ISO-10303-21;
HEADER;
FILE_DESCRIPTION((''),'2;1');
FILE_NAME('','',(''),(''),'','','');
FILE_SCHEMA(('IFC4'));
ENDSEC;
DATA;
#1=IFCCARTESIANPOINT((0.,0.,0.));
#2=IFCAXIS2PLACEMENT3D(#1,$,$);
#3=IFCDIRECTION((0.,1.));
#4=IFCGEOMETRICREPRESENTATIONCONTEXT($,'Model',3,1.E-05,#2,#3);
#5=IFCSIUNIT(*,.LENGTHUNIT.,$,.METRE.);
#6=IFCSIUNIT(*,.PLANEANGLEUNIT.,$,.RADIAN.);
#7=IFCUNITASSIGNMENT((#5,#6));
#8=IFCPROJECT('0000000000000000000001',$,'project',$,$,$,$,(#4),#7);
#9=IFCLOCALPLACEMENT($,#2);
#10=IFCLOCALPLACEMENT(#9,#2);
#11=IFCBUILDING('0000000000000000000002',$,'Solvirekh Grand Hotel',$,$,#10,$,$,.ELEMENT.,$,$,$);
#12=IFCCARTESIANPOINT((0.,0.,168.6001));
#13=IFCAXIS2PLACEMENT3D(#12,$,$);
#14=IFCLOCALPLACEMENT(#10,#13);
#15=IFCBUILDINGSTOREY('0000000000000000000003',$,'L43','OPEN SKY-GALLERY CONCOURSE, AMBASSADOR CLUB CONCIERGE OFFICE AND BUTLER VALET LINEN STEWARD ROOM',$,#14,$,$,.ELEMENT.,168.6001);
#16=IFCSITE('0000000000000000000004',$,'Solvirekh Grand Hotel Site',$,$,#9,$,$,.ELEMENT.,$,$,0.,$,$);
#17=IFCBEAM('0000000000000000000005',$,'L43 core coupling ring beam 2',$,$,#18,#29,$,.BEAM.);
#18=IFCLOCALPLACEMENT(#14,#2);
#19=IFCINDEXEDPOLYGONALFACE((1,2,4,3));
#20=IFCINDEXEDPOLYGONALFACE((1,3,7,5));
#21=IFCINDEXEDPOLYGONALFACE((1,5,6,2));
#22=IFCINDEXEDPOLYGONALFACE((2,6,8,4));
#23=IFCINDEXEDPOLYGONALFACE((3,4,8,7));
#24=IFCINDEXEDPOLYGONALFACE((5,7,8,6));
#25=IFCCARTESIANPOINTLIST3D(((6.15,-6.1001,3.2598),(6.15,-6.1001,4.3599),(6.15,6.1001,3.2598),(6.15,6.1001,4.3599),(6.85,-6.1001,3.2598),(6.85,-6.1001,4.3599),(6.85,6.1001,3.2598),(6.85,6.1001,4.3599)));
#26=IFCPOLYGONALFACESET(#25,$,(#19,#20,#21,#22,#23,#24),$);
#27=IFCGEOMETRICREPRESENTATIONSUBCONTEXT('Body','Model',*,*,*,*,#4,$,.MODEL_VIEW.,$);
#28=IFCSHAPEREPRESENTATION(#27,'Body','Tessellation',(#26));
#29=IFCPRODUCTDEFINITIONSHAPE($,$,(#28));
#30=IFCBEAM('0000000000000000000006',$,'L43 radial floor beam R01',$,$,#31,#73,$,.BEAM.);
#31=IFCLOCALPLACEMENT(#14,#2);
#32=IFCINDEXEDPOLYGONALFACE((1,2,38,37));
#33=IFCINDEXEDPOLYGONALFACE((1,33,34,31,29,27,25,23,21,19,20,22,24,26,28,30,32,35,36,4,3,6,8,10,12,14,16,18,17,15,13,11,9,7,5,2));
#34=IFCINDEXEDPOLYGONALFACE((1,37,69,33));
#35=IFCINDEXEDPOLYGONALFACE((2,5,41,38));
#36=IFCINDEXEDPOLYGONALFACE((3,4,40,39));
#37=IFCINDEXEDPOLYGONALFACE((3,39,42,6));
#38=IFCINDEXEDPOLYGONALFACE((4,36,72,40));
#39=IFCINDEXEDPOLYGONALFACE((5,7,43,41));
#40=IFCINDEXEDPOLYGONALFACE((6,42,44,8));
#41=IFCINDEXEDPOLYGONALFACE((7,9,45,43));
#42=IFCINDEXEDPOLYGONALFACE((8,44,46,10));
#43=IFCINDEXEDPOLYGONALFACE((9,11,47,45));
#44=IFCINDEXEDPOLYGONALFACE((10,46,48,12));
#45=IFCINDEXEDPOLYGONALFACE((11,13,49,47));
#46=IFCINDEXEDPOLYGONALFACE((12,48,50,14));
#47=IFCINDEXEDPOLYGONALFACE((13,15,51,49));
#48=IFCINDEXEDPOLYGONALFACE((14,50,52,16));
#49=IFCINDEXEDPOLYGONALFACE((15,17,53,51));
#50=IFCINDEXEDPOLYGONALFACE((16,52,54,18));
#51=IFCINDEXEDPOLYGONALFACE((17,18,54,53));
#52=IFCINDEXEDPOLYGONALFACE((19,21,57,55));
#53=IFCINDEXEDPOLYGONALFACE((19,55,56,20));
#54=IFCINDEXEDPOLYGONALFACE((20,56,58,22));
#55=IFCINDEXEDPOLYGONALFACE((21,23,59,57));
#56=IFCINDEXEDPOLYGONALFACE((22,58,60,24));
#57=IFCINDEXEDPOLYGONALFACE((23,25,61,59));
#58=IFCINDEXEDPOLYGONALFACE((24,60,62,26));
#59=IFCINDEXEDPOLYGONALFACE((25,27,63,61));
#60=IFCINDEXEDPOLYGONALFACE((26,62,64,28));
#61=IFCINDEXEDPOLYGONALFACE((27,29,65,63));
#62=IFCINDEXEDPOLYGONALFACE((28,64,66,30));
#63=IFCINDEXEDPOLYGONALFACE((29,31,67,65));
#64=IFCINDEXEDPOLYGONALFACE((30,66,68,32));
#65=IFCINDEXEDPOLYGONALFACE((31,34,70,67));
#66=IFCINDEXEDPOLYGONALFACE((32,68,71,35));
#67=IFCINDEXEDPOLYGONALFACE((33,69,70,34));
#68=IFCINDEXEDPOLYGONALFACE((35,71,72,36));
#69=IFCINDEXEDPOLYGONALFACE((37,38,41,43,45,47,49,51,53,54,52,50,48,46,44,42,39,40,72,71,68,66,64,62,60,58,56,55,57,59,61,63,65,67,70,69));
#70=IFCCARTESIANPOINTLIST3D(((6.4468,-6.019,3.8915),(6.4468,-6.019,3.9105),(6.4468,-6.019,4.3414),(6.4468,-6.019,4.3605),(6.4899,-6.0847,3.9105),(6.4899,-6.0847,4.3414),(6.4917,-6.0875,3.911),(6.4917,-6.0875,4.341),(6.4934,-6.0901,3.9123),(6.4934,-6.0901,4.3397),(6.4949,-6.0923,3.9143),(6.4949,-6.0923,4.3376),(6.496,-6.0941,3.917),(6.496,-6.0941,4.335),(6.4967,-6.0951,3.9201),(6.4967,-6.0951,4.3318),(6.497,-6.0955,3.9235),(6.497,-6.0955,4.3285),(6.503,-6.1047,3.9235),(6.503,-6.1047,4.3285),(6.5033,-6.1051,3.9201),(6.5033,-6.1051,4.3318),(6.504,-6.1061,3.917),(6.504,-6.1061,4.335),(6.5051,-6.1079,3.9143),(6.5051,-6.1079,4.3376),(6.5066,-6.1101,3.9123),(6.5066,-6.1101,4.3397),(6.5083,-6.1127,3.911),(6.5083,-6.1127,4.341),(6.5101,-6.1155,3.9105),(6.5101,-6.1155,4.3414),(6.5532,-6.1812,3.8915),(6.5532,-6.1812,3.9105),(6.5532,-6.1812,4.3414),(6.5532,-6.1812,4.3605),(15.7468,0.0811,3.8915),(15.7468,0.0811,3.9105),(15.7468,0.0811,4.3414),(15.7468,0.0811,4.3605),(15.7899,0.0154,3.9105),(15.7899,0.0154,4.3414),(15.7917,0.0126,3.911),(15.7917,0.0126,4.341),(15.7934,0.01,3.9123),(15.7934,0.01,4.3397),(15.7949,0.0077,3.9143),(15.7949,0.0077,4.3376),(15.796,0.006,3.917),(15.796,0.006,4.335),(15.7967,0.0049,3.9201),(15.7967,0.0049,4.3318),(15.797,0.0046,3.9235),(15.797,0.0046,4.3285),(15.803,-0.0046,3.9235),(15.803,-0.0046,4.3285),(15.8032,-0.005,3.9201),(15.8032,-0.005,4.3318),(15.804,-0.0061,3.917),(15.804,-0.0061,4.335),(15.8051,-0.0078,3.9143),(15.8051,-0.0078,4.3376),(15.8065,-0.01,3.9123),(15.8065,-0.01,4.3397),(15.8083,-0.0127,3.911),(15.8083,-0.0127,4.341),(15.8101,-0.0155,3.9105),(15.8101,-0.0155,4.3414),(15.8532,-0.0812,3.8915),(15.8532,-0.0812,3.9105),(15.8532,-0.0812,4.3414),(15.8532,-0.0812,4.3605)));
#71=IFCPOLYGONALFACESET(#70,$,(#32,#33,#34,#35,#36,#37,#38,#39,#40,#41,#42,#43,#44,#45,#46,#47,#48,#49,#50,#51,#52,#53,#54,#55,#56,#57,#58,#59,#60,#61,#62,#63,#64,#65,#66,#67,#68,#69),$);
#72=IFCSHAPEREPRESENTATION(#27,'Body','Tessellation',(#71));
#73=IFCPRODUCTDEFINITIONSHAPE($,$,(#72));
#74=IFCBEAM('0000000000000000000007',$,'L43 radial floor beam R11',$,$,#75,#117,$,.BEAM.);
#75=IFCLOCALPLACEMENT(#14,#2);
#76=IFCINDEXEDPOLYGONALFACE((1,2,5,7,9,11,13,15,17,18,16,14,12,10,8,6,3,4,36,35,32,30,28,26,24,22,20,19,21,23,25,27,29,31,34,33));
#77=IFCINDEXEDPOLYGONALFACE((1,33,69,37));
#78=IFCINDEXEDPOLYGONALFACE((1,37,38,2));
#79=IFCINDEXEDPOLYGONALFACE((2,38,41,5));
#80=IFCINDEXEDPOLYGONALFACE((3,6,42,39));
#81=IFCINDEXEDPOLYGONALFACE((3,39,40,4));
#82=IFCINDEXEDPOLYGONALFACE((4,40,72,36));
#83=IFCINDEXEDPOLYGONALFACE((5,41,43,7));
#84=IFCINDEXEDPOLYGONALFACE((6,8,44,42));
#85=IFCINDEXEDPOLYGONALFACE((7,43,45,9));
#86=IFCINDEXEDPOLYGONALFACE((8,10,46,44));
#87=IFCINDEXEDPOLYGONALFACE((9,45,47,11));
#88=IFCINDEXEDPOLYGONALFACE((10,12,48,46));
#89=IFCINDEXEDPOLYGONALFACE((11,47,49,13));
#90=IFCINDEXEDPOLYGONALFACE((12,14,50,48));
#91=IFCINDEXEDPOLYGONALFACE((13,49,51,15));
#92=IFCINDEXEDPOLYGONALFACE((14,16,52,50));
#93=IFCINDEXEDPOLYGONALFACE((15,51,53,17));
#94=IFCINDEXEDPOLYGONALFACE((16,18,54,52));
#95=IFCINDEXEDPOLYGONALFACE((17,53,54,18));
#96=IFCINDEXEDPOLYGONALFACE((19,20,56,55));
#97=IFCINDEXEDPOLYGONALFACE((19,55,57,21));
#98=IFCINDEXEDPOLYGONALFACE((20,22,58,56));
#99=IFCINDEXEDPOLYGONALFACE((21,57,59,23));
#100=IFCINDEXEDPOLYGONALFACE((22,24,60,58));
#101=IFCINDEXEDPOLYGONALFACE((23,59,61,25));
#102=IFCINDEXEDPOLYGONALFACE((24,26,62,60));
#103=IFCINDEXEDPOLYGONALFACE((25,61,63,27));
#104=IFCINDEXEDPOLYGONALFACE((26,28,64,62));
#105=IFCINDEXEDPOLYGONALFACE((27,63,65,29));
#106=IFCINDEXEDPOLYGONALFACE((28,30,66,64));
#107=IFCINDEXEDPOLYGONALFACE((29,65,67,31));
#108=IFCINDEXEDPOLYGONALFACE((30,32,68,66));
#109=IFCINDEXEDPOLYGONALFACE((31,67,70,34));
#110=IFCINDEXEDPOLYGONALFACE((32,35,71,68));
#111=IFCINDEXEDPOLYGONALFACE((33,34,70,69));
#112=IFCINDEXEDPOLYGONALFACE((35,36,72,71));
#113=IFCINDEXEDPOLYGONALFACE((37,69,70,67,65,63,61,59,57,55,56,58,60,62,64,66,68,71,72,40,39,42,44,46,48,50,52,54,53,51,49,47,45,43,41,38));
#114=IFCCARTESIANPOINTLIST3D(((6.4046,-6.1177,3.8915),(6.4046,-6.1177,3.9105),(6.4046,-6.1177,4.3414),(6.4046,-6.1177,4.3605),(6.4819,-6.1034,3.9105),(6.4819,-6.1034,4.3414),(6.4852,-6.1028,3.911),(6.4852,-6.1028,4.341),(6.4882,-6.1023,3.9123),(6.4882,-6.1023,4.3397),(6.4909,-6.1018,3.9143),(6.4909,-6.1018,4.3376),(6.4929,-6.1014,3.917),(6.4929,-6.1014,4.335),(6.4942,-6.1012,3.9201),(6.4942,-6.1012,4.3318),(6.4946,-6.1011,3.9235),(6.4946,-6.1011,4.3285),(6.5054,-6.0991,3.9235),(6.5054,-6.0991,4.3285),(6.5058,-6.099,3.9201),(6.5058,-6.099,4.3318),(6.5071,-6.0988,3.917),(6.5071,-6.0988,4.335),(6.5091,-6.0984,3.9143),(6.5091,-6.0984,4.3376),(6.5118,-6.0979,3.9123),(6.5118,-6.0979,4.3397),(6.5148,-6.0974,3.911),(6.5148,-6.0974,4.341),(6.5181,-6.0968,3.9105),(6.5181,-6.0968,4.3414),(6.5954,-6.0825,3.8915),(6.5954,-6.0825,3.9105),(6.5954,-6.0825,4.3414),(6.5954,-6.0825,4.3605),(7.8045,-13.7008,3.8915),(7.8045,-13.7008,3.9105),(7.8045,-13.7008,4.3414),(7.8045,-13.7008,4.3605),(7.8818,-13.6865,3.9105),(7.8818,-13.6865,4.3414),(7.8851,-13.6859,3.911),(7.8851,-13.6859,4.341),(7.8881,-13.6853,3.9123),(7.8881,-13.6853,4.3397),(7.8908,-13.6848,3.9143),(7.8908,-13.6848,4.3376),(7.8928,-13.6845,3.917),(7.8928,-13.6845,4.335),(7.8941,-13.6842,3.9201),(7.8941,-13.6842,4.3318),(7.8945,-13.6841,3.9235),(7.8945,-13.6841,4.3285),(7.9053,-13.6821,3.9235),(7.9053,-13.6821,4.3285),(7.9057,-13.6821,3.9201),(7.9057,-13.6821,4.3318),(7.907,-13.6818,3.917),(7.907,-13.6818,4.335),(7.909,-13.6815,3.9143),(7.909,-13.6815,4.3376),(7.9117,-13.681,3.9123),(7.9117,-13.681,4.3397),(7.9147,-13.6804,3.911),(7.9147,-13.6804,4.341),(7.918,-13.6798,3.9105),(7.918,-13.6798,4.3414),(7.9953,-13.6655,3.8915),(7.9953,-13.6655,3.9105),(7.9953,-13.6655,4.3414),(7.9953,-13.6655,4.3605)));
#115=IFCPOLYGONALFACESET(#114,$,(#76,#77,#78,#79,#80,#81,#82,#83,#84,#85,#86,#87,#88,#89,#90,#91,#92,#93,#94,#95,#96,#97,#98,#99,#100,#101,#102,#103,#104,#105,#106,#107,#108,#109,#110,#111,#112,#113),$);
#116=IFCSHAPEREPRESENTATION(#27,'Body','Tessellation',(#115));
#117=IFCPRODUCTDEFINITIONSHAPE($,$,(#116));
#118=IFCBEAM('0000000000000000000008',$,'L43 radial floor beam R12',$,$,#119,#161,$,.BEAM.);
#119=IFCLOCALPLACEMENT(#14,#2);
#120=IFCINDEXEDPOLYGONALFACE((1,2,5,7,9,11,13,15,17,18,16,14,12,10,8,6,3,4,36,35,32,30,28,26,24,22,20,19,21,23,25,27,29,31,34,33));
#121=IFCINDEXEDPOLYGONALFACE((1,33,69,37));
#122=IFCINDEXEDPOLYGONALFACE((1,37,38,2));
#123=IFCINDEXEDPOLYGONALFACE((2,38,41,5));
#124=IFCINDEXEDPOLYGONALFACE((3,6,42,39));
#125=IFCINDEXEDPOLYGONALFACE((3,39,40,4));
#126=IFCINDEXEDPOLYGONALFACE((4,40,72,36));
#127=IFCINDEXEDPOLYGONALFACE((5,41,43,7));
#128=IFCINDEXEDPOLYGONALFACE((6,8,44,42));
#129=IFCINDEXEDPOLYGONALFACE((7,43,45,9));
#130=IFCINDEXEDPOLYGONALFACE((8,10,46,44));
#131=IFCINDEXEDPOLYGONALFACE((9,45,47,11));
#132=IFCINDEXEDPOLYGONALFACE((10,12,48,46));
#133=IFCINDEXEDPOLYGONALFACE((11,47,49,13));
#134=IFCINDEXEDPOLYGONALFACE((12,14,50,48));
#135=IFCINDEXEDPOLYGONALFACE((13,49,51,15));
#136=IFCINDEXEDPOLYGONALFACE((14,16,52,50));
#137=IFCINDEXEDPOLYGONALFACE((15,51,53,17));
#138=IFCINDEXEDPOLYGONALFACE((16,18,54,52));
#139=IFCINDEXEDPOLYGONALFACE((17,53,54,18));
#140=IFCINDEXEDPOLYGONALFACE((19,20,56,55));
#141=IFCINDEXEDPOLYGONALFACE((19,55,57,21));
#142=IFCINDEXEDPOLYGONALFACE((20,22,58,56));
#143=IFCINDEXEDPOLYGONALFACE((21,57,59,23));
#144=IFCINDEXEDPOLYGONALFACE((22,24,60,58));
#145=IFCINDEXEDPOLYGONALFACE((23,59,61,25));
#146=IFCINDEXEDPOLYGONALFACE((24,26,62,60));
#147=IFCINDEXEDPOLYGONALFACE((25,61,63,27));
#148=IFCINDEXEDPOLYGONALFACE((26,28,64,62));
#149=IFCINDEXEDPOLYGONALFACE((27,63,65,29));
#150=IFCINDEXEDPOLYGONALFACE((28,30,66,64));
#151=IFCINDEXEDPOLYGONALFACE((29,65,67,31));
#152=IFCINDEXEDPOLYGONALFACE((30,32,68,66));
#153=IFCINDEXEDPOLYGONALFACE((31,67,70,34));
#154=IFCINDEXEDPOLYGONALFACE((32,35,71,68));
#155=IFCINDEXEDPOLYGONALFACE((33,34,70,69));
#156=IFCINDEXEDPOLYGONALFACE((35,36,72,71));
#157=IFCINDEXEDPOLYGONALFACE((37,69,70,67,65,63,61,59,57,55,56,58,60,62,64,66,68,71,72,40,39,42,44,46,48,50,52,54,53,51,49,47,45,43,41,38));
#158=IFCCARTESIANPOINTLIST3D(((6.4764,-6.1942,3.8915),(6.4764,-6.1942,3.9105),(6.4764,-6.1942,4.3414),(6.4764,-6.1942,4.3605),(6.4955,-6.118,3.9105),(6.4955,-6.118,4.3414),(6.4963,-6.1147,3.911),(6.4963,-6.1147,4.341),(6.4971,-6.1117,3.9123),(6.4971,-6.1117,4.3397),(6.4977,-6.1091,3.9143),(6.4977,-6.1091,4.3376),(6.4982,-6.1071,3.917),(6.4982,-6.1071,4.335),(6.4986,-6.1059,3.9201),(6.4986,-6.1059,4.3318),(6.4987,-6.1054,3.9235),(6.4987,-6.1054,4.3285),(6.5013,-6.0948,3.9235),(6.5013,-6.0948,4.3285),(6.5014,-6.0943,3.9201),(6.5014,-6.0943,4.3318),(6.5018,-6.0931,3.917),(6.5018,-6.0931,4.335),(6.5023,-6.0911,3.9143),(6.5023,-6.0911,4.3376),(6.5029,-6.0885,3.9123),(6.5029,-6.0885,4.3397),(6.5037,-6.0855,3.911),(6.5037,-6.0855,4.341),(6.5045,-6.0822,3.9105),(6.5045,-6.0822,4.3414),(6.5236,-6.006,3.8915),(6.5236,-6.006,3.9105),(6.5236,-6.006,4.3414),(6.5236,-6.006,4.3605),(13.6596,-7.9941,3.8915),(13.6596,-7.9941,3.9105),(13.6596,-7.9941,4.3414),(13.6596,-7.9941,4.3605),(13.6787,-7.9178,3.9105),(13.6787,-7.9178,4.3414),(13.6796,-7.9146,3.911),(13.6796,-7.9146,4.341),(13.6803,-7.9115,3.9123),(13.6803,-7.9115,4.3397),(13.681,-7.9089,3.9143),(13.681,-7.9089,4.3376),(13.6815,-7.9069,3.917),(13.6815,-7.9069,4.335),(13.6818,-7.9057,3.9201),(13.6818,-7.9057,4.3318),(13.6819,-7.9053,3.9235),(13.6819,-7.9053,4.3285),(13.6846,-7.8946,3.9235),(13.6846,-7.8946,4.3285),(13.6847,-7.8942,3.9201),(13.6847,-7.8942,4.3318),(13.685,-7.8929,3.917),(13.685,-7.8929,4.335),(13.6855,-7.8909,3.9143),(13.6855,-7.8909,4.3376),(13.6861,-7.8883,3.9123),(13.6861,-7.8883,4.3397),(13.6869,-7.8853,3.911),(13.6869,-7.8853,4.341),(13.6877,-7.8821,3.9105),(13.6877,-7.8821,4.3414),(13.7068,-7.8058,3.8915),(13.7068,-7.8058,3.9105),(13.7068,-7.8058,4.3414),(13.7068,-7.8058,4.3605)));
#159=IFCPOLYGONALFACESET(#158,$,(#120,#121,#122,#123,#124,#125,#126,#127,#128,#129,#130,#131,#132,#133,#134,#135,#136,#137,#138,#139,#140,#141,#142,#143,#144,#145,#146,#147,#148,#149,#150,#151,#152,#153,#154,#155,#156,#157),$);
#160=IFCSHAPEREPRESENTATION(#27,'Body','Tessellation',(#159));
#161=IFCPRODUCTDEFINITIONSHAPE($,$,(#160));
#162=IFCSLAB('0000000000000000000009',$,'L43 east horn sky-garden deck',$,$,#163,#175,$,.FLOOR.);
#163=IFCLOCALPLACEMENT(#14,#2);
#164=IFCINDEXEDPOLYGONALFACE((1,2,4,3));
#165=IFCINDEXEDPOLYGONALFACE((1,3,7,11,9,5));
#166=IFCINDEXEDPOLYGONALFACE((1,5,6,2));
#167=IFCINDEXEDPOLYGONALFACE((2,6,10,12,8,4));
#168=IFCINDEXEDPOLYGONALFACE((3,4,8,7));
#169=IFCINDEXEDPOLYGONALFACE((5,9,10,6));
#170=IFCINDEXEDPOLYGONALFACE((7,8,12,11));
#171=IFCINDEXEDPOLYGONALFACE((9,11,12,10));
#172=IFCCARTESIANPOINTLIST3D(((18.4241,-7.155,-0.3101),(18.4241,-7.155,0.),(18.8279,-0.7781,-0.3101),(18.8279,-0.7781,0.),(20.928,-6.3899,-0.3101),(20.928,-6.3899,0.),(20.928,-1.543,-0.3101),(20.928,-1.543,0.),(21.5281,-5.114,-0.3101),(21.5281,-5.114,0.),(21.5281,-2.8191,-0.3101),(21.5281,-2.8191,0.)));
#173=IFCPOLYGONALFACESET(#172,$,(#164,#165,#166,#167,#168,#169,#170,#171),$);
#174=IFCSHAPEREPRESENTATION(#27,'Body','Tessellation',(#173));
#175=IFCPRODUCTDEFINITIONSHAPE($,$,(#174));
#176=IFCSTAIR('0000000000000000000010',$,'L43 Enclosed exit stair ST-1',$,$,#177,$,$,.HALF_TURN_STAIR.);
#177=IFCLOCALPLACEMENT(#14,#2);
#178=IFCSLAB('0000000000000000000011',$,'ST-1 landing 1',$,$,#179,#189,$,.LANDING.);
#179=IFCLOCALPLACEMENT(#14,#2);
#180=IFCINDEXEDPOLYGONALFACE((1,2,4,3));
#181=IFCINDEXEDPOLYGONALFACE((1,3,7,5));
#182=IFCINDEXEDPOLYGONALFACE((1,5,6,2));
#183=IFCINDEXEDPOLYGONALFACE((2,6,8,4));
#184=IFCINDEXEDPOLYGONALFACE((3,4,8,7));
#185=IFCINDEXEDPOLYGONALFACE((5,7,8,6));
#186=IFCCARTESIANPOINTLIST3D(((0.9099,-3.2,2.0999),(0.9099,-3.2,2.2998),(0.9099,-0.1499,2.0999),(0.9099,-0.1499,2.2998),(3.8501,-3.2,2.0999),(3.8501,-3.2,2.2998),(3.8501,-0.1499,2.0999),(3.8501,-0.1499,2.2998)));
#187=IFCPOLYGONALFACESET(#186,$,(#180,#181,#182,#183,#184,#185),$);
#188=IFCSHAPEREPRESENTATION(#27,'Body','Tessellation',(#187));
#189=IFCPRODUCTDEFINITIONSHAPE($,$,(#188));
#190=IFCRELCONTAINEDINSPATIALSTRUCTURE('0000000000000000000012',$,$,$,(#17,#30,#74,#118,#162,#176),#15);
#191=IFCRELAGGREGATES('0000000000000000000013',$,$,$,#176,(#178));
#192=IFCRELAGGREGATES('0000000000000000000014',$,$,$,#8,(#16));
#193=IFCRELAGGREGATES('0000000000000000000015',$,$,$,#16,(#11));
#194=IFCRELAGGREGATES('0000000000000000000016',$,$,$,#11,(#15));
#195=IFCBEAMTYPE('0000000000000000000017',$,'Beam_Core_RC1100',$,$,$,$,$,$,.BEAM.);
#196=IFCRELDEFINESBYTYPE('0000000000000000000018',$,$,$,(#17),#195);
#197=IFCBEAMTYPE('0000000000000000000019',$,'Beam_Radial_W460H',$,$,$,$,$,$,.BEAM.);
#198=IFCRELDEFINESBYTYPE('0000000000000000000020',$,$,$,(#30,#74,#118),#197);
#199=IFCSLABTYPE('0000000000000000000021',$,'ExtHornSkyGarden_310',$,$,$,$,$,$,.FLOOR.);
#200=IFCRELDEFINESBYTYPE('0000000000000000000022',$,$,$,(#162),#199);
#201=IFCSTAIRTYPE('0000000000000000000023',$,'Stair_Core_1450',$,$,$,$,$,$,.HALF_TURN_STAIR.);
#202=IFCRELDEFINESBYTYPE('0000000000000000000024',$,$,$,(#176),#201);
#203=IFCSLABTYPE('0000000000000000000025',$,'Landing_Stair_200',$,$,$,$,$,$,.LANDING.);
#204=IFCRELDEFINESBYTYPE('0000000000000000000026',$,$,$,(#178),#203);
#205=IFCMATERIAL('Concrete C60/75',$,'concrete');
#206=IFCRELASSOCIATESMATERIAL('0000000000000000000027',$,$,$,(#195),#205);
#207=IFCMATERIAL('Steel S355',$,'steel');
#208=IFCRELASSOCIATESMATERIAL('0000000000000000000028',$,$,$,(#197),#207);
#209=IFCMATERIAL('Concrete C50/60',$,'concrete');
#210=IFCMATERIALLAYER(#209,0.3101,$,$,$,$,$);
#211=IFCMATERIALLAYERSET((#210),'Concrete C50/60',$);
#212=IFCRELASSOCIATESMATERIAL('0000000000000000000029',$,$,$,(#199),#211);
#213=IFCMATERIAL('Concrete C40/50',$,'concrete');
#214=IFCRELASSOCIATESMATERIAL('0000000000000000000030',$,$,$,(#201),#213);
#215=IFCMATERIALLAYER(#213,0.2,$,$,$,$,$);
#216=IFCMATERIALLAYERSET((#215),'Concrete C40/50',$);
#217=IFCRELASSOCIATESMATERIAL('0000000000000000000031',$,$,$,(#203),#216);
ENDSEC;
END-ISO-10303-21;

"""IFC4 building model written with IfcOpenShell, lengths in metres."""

from ifc_helpers import new_model, si_unit, direction, frame, origin, origin_2d, place, context, subcontext, project, spatial, polyline, rectangle, i_section, outline, extrude, material, layer, layer_set, material_profile, profile_set, type_object, element, aggregate, save


model = new_model("IFC4")

# Units and contexts
model_context = context("Model", 3, precision=1e-05, world=origin(), true_north=direction((0.0, 1.0)))
body_context = subcontext(model_context, "Body", "Model", "MODEL_VIEW")
ifc_project = project(units=[si_unit("LENGTHUNIT", "METRE"), si_unit("PLANEANGLEUNIT", "RADIAN")], contexts=[model_context])

# Site, building, storey
site_placement = place(None, origin())
site = spatial("IfcSite", under=ifc_project, at=site_placement, Name="Solvirekh Grand Hotel Site", CompositionType="ELEMENT", RefElevation=0.0)
building_placement = place(site_placement, origin())
building = spatial("IfcBuilding", under=site, at=building_placement, Name="Solvirekh Grand Hotel", CompositionType="ELEMENT")
storey_placement = place(building_placement, frame((0.0, 0.0, 168.6001)))
storey = spatial("IfcBuildingStorey", under=building, at=storey_placement, Name="L43", Description="OPEN SKY-GALLERY CONCOURSE, AMBASSADOR CLUB CONCIERGE OFFICE AND BUTLER VALET LINEN STEWARD ROOM", CompositionType="ELEMENT", Elevation=168.6001)

# Beams
ifc_material_1 = material(Name="Concrete C60/75", Category="concrete")
ifc_material_profile_1 = material_profile(ifc_material_1, rectangle(XDim=0.7, YDim=1.1001, at=origin_2d()), Name="RC BEAM 700X1100")
ifc_profile_set_1 = profile_set([ifc_material_profile_1], Name="Concrete C60/75")
beam_type_1 = type_object("IfcBeamType", Name="Beam_Core_RC1100", PredefinedType="BEAM", material=ifc_profile_set_1)
beam_1_placement = place(storey_placement, frame((6.5, -6.1001, 3.8098), z_axis=(0.0, 1.0, 0.0), x_axis=(-1.0, 0.0, 0.0)))
element("IfcBeam", 1, at=beam_1_placement, inside=storey, type_object=beam_type_1, Name="L43 core coupling ring beam 2", PredefinedType="BEAM", context=body_context, shape_type="SweptSolid", body=[
    extrude(rectangle(XDim=0.7, YDim=1.1001, at=origin_2d()), origin(), (0.0, 0.0, 1.0), 12.2002),
])
ifc_material_2 = material(Name="Steel S355", Category="steel")
ifc_material_profile_2 = material_profile(ifc_material_2, i_section(OverallWidth=0.1941, OverallDepth=0.469, WebThickness=0.011, FlangeThickness=0.019, FilletRadius=0.0129, at=origin_2d()), Name="W460X106")
ifc_profile_set_2 = profile_set([ifc_material_profile_2], Name="Steel S355")
beam_type_2 = type_object("IfcBeamType", Name="Beam_Radial_W460H", PredefinedType="BEAM", material=ifc_profile_set_2)
beam_2_placement = place(storey_placement, frame((6.5, -6.1001, 4.126), z_axis=(0.836174, 0.548464, 0.0), x_axis=(-0.548464, 0.836174, 0.0)))
element("IfcBeam", 2, at=beam_2_placement, inside=storey, type_object=beam_type_2, Name="L43 radial floor beam R01", PredefinedType="BEAM", context=body_context, shape_type="SweptSolid", body=[
    extrude(i_section(OverallWidth=0.1941, OverallDepth=0.469, WebThickness=0.011, FlangeThickness=0.019, FilletRadius=0.0129, at=origin_2d()), origin(), (0.0, 0.0, 1.0), 11.1221),
])
beam_3_placement = place(storey_placement, frame((6.5, -6.1001, 4.126), z_axis=(0.181543, -0.983383, 0.0), x_axis=(0.983383, 0.181543, 0.0)))
element("IfcBeam", 3, at=beam_3_placement, inside=storey, type_object=beam_type_2, Name="L43 radial floor beam R11", PredefinedType="BEAM", context=body_context, shape_type="SweptSolid", body=[
    extrude(i_section(OverallWidth=0.1941, OverallDepth=0.469, WebThickness=0.011, FlangeThickness=0.019, FilletRadius=0.0129, at=origin_2d()), origin(), (0.0, 0.0, 1.0), 7.7112),
])
beam_4_placement = place(storey_placement, frame((6.5, -6.1001, 4.126), z_axis=(0.970014, -0.243048, 0.0), x_axis=(0.243048, 0.970014, 0.0)))
element("IfcBeam", 4, at=beam_4_placement, inside=storey, type_object=beam_type_2, Name="L43 radial floor beam R12", PredefinedType="BEAM", context=body_context, shape_type="SweptSolid", body=[
    extrude(i_section(OverallWidth=0.1941, OverallDepth=0.469, WebThickness=0.011, FlangeThickness=0.019, FilletRadius=0.0129, at=origin_2d()), origin(), (0.0, 0.0, 1.0), 7.4053),
])

# Slab
ifc_material_3 = material(Name="Concrete C50/60", Category="concrete")
ifc_layer_1 = layer(ifc_material_3, 0.3101)
ifc_layer_set_1 = layer_set([ifc_layer_1], Name="Concrete C50/60")
slab_type_1 = type_object("IfcSlabType", Name="ExtHornSkyGarden_310", PredefinedType="FLOOR", material=ifc_layer_set_1)
slab_1_placement = place(storey_placement, frame((0.0, 0.0, -0.3101)))
element("IfcSlab", 5, at=slab_1_placement, inside=storey, type_object=slab_type_1, Name="L43 east horn sky-garden deck", PredefinedType="FLOOR", context=body_context, shape_type="SweptSolid", body=[
    extrude(outline(polyline([(18.8279, -0.7781), (18.4241, -7.155), (20.928, -6.3899), (21.5281, -5.114), (21.5281, -2.8191), (20.928, -1.543), (18.8279, -0.7781)])), origin(), (0.0, 0.0, 1.0), 0.3101),
])

# Stair, slab
ifc_material_4 = material(Name="Concrete C40/50", Category="concrete")
stair_type = type_object("IfcStairType", Name="Stair_Core_1450", PredefinedType="HALF_TURN_STAIR", material=ifc_material_4)
stair_1_placement = place(storey_placement, origin())
stair_1 = element("IfcStair", 6, at=stair_1_placement, inside=storey, type_object=stair_type, Name="L43 Enclosed exit stair ST-1", PredefinedType="HALF_TURN_STAIR")
ifc_layer_2 = layer(ifc_material_4, 0.2)
ifc_layer_set_2 = layer_set([ifc_layer_2], Name="Concrete C40/50")
slab_type_2 = type_object("IfcSlabType", Name="Landing_Stair_200", PredefinedType="LANDING", material=ifc_layer_set_2)
slab_2_placement = place(storey_placement, frame((0.0, 0.0, 2.0999)))
slab_2 = element("IfcSlab", 7, at=slab_2_placement, type_object=slab_type_2, Name="ST-1 landing 1", PredefinedType="LANDING", context=body_context, shape_type="SweptSolid", body=[
    extrude(outline(polyline([(0.9099, -3.2), (3.8501, -3.2), (3.8501, -0.1499), (0.9099, -0.1499), (0.9099, -3.2)])), origin(), (0.0, 0.0, 1.0), 0.2),
])

aggregate(stair_1, [slab_2])

save(model, "model.ifc")
